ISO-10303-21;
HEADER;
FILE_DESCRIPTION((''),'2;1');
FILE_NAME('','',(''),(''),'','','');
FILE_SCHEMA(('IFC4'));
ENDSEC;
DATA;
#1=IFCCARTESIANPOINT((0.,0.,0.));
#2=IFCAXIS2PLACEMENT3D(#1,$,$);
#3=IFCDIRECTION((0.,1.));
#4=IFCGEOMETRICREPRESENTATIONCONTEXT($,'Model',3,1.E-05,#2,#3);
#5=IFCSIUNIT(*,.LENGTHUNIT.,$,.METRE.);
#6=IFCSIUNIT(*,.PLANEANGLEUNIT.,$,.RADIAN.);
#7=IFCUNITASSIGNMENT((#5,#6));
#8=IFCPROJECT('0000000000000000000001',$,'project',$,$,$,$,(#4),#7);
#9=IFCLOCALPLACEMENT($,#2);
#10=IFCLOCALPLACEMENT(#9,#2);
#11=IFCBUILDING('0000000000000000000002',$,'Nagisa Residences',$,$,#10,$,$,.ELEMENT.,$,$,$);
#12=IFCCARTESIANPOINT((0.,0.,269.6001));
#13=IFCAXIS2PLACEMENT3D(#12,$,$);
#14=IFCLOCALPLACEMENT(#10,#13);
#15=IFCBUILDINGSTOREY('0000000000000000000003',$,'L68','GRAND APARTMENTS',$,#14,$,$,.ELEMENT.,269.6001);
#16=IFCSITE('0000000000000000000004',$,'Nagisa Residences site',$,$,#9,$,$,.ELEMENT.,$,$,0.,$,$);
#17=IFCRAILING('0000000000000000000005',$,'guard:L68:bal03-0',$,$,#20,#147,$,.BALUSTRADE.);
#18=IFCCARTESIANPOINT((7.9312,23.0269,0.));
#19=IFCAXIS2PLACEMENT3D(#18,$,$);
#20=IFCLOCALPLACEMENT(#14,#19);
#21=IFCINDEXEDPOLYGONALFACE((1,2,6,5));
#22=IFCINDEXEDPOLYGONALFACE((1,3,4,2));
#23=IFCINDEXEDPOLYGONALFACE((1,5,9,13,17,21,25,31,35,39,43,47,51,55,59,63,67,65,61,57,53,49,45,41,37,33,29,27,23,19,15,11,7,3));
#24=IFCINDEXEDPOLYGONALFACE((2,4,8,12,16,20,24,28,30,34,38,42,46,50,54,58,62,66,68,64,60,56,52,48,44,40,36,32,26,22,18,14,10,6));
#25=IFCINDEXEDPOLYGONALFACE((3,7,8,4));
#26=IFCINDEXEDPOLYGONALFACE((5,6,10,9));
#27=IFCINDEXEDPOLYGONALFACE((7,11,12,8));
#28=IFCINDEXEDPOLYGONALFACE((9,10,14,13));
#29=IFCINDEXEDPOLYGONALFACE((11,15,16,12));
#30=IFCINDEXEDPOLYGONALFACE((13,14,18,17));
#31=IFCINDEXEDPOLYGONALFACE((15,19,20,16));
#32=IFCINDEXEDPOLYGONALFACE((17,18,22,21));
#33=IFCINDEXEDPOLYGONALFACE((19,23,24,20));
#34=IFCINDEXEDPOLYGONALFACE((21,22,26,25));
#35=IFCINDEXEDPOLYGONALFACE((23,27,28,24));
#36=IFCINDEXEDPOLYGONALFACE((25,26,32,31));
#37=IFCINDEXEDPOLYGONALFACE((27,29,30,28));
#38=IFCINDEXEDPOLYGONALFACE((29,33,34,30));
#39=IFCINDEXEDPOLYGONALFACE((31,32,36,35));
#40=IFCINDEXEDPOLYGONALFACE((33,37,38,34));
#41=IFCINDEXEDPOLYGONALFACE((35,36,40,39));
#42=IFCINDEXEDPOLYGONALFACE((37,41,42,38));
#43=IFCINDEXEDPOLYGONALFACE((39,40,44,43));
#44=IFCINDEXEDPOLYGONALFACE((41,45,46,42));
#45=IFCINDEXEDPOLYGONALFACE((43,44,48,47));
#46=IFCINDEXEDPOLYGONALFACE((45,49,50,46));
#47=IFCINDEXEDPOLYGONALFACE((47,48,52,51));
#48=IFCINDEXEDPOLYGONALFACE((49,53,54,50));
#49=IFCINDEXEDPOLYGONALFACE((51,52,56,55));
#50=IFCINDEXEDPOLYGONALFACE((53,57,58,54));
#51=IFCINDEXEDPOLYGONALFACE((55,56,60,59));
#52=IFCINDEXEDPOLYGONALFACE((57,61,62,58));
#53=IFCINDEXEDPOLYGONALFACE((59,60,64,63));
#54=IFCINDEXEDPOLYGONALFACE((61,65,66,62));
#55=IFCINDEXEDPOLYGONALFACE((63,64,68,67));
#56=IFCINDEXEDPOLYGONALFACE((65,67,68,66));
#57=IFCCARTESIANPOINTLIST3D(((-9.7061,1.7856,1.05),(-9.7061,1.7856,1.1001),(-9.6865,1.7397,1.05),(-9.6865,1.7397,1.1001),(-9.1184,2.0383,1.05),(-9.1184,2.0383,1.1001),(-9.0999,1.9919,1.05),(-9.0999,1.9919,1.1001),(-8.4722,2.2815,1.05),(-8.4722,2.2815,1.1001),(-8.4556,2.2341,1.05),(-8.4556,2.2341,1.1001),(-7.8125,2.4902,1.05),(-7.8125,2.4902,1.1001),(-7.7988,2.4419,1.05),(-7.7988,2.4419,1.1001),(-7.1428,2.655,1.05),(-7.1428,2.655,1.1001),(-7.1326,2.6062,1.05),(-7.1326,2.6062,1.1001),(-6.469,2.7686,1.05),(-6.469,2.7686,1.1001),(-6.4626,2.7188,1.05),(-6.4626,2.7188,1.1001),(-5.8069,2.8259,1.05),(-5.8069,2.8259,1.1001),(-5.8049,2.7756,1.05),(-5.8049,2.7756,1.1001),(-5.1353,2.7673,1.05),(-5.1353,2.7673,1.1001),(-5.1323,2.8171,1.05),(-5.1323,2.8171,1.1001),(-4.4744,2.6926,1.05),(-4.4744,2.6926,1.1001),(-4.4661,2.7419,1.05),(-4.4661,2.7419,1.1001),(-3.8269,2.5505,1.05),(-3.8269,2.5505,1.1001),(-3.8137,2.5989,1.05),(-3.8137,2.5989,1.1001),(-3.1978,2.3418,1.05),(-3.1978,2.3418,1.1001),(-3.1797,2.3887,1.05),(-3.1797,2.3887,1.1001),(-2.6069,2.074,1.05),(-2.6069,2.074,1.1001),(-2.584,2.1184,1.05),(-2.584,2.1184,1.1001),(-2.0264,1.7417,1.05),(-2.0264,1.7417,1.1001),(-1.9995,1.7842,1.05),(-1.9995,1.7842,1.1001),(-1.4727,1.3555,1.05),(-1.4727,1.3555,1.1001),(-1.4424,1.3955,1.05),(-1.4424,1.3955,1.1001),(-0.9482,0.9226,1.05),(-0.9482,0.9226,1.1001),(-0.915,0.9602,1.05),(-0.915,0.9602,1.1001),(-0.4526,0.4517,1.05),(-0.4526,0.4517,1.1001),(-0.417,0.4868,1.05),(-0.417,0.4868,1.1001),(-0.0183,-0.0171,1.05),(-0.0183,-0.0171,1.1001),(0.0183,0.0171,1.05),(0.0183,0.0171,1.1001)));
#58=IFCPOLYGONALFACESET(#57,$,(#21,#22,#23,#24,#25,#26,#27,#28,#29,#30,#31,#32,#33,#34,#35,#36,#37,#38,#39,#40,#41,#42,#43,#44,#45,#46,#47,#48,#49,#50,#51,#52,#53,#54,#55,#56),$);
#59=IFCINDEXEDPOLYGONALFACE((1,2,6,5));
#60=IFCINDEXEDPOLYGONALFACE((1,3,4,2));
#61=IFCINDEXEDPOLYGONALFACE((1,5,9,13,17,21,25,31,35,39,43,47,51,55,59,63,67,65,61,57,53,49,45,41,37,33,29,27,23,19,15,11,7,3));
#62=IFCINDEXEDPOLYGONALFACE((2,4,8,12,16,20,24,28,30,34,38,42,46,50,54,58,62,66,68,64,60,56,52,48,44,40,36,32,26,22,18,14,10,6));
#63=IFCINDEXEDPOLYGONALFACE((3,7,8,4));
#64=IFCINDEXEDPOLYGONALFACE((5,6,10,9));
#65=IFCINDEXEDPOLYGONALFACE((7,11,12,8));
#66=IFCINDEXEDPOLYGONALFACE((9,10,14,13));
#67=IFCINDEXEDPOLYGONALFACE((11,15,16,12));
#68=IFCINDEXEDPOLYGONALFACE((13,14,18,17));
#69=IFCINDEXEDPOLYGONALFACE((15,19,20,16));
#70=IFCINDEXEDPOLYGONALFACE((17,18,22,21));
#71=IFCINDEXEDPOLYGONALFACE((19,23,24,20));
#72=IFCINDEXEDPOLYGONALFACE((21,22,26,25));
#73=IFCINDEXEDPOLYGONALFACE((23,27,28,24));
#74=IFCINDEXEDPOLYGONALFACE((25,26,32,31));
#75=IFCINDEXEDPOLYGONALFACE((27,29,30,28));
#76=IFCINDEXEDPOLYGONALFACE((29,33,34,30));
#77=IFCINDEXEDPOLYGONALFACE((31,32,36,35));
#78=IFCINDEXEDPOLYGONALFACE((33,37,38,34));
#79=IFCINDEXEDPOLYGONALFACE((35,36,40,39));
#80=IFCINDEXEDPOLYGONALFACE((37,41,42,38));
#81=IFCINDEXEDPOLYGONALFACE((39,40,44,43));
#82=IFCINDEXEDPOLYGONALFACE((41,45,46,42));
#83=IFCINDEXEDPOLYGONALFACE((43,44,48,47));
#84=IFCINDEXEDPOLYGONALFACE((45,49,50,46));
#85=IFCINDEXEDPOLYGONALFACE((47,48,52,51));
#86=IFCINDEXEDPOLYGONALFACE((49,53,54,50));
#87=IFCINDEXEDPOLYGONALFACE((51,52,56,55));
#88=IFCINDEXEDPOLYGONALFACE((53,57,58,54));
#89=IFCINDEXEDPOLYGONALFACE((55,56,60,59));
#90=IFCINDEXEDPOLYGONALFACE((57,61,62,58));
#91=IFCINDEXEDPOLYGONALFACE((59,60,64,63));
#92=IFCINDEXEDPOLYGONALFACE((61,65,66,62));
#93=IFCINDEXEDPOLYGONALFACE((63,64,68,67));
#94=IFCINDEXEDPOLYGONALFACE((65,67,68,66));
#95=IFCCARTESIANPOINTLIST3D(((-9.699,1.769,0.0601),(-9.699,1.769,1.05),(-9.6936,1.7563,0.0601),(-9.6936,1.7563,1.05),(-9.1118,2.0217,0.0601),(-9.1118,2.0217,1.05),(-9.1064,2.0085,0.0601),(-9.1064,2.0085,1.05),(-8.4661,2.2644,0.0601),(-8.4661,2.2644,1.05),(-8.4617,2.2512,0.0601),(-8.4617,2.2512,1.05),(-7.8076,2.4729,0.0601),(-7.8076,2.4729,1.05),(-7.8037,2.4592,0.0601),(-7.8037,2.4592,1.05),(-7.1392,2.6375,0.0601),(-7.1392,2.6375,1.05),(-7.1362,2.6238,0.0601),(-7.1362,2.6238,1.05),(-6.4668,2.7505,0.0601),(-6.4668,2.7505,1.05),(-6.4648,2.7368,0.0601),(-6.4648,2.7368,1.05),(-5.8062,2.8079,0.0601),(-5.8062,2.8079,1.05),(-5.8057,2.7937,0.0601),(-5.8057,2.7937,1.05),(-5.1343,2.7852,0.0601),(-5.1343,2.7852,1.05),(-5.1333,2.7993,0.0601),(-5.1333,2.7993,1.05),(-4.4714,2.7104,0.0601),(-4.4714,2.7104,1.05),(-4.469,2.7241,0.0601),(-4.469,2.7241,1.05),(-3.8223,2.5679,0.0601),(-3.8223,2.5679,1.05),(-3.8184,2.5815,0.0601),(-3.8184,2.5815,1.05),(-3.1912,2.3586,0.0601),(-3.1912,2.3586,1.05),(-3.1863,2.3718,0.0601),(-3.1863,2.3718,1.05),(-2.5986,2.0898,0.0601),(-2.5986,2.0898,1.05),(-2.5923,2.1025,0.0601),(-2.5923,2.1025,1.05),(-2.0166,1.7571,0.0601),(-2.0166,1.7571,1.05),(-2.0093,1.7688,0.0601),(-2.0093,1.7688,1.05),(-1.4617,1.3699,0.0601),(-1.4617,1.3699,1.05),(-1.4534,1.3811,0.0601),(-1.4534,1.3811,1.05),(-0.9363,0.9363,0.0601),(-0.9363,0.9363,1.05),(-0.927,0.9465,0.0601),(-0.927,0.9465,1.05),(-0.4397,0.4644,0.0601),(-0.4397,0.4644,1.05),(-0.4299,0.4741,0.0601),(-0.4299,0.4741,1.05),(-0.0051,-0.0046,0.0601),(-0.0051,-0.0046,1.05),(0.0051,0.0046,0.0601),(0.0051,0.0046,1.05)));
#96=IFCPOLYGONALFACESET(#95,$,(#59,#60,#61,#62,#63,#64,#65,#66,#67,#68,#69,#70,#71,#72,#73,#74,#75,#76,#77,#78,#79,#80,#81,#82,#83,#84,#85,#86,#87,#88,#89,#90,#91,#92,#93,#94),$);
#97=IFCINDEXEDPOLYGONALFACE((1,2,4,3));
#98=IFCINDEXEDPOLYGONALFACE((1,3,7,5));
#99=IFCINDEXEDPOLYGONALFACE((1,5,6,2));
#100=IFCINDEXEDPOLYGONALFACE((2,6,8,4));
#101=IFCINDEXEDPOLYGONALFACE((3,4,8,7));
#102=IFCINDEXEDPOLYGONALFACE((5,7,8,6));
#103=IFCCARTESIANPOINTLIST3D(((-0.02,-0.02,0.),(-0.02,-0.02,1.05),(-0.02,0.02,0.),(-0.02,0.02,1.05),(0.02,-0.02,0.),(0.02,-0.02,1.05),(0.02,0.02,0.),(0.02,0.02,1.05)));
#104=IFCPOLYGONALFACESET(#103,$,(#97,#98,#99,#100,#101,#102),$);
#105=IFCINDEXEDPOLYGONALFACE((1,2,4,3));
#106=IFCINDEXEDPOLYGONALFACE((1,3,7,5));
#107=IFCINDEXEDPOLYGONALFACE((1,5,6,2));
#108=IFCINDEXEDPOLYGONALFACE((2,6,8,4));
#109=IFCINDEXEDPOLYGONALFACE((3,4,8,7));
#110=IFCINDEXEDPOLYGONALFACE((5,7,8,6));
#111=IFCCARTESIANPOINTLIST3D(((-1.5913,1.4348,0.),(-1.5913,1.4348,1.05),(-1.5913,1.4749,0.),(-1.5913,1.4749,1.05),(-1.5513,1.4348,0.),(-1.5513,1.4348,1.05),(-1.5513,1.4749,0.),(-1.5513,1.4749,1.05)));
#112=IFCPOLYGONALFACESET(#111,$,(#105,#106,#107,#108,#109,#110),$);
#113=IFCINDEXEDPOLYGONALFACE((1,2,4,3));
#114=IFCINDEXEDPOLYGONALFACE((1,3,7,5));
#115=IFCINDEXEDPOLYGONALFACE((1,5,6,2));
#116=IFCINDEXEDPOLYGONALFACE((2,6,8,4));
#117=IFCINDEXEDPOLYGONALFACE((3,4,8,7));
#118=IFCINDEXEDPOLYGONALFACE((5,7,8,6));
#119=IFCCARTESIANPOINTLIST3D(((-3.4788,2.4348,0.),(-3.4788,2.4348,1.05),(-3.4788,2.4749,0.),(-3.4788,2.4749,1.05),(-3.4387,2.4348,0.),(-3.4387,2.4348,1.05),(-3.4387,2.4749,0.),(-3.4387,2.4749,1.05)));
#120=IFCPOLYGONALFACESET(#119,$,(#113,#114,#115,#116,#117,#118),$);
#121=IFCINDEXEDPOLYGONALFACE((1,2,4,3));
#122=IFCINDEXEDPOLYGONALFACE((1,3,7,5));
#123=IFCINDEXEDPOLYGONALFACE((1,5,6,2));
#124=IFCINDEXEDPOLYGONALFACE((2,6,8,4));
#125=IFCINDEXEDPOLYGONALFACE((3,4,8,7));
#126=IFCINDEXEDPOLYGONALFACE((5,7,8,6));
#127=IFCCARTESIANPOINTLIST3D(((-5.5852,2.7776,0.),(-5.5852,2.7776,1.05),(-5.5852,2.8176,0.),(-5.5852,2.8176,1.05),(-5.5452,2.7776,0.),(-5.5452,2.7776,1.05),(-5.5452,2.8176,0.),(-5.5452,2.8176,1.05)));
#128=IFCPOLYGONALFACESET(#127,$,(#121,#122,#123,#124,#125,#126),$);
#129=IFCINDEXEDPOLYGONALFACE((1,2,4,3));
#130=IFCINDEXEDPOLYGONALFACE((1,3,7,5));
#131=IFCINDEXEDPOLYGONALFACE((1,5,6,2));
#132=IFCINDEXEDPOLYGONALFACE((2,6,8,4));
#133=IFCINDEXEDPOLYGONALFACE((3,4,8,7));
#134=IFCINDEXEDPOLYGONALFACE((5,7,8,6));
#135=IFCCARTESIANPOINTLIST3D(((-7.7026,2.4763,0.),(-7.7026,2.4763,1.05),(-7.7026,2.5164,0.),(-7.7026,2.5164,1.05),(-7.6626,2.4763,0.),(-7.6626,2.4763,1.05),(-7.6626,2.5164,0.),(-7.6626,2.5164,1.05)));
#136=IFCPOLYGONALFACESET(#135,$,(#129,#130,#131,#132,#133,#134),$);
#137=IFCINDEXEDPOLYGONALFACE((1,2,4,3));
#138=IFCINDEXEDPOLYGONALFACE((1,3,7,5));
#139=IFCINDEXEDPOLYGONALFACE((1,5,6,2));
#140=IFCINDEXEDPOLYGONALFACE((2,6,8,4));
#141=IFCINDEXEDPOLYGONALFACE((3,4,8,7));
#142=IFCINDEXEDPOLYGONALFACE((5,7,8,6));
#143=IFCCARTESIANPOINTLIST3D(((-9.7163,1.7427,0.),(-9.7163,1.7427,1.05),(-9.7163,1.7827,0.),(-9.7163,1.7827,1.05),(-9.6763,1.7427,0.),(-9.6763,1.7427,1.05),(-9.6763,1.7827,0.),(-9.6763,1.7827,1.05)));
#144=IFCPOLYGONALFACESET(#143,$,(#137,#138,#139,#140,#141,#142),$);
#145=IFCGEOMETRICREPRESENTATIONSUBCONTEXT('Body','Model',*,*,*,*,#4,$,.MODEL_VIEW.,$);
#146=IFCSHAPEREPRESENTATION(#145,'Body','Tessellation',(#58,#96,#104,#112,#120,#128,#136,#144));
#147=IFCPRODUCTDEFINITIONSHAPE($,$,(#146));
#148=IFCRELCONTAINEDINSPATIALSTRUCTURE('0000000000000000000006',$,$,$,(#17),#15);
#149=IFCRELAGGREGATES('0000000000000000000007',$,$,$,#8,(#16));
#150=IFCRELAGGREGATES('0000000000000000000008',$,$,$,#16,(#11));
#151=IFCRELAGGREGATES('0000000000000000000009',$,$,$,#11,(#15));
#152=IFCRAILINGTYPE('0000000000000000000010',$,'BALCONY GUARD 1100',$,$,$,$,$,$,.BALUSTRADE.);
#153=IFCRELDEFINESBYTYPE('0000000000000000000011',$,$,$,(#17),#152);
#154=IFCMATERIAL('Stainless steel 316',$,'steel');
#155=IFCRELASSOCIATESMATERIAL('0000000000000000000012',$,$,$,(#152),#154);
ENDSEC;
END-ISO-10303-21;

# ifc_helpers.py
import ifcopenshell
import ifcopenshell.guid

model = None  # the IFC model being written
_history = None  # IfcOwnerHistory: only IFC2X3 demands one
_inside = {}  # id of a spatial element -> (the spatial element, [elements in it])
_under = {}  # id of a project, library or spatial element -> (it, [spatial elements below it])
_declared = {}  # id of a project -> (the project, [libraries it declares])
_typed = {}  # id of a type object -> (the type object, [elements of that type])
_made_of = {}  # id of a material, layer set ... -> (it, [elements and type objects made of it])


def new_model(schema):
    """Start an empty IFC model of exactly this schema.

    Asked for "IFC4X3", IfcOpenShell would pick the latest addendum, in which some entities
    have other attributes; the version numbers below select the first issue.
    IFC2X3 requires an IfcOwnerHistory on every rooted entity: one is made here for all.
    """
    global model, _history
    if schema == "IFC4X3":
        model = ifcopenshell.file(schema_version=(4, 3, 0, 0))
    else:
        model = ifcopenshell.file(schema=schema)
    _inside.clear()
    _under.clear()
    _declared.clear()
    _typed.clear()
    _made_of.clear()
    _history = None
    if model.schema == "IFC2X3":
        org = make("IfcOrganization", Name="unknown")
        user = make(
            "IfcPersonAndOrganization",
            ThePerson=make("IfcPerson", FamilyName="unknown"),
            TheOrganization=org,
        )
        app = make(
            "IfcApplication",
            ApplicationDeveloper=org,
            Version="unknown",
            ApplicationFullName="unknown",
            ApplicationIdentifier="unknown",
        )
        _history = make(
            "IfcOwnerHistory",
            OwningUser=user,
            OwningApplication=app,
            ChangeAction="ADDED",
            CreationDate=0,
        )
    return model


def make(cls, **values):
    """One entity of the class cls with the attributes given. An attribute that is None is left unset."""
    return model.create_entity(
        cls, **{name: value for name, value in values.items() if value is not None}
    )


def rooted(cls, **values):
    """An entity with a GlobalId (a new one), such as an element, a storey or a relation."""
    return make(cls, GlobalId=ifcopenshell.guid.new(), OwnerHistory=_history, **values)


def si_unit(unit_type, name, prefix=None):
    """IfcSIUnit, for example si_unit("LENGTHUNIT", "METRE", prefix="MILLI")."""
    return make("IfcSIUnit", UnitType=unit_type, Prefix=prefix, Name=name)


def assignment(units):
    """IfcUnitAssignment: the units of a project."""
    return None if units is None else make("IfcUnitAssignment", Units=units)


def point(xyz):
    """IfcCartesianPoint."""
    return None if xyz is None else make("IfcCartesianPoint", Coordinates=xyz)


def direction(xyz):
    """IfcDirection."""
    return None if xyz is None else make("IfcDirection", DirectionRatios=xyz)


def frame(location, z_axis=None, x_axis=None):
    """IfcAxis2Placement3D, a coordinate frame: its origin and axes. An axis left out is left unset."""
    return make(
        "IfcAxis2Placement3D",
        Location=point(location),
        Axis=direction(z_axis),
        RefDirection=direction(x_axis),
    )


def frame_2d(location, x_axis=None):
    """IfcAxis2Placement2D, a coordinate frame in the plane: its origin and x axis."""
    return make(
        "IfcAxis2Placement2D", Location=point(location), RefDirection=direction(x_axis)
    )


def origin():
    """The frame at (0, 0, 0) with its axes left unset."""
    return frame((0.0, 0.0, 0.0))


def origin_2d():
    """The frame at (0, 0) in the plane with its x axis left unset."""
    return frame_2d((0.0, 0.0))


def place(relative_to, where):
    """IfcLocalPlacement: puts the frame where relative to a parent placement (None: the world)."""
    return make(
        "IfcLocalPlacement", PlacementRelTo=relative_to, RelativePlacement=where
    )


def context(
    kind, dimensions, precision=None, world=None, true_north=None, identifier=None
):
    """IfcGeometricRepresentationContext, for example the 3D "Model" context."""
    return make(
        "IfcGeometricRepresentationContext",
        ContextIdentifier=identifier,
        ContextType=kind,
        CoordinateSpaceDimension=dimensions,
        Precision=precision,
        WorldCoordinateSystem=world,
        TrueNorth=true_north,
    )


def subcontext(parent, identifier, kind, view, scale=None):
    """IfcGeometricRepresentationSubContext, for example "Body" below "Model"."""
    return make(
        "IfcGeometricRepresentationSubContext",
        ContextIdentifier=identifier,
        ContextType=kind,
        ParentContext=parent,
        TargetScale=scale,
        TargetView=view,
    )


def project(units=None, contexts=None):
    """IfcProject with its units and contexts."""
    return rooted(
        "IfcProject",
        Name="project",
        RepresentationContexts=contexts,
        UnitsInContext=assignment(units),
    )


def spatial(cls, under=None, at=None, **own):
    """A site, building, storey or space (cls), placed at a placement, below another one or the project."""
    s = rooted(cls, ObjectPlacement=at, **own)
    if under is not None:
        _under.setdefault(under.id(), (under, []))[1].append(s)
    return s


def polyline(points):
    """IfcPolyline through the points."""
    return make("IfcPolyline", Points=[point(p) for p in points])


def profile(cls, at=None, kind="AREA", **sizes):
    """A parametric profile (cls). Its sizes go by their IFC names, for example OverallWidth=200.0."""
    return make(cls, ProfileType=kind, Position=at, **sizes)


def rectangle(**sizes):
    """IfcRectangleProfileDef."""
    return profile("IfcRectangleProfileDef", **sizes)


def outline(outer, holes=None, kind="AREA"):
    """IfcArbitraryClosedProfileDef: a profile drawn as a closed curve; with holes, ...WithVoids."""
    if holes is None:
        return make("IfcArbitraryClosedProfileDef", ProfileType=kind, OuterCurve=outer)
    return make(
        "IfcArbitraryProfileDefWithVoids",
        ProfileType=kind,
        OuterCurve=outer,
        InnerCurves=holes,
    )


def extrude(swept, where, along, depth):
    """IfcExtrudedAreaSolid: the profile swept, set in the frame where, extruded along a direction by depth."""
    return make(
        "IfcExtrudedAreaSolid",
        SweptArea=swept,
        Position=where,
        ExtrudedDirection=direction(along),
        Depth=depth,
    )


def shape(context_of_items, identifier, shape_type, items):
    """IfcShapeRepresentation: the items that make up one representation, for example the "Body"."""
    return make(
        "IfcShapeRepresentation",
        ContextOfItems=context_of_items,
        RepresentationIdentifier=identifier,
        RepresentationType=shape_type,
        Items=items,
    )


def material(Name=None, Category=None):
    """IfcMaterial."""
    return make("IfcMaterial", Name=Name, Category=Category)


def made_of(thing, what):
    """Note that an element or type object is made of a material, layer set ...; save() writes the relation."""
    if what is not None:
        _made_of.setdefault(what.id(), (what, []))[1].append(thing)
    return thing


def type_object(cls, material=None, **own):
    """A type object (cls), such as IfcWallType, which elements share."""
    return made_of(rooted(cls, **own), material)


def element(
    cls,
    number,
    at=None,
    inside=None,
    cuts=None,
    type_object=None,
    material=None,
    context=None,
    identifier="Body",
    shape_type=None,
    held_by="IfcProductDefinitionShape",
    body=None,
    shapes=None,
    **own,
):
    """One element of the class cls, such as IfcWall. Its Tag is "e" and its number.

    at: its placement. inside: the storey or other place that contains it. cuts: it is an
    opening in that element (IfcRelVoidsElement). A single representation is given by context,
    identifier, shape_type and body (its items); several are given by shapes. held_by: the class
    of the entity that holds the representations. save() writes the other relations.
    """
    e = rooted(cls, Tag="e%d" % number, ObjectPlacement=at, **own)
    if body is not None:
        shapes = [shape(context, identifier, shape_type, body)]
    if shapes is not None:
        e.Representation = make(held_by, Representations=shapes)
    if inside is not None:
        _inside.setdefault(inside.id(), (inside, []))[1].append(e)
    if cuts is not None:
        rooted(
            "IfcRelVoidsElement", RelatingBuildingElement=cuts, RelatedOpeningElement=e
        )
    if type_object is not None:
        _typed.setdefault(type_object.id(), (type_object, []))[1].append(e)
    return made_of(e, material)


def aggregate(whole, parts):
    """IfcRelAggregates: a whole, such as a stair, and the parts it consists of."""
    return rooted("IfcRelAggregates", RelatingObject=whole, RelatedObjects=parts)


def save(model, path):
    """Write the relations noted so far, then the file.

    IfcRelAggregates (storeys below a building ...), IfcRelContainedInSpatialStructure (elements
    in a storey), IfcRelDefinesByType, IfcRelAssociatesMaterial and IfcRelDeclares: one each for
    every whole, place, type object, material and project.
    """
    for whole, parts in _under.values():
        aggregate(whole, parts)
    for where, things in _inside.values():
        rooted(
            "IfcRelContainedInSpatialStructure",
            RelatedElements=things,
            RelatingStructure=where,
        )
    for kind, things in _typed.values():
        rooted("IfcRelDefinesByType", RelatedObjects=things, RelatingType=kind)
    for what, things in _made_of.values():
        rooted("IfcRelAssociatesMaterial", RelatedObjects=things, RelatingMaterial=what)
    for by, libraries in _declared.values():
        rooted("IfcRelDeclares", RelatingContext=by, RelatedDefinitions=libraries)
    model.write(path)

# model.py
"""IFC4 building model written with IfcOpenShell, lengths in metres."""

from ifc_helpers import new_model, si_unit, direction, frame, origin, origin_2d, place, context, subcontext, project, spatial, polyline, rectangle, outline, extrude, material, type_object, element, save


model = new_model("IFC4")

# Units and contexts
model_context = context("Model", 3, precision=1e-05, world=origin(), true_north=direction((0.0, 1.0)))
body_context = subcontext(model_context, "Body", "Model", "MODEL_VIEW")
ifc_project = project(units=[si_unit("LENGTHUNIT", "METRE"), si_unit("PLANEANGLEUNIT", "RADIAN")], contexts=[model_context])

# Site, building, storey
site_placement = place(None, origin())
site = spatial("IfcSite", under=ifc_project, at=site_placement, Name="Nagisa Residences site", CompositionType="ELEMENT", RefElevation=0.0)
building_placement = place(site_placement, origin())
building = spatial("IfcBuilding", under=site, at=building_placement, Name="Nagisa Residences", CompositionType="ELEMENT")
storey_placement = place(building_placement, frame((0.0, 0.0, 269.6001)))
storey = spatial("IfcBuildingStorey", under=building, at=storey_placement, Name="L68", Description="GRAND APARTMENTS", CompositionType="ELEMENT", Elevation=269.6001)

# Railing
ifc_material_1 = material(Name="Stainless steel 316", Category="steel")
railing_type = type_object("IfcRailingType", Name="BALCONY GUARD 1100", PredefinedType="BALUSTRADE", material=ifc_material_1)
railing_1_placement = place(storey_placement, frame((7.9312, 23.0269, 0.0)))
element("IfcRailing", 1, at=railing_1_placement, inside=storey, type_object=railing_type, Name="guard:L68:bal03-0", PredefinedType="BALUSTRADE", context=body_context, shape_type="SweptSolid", body=[
    extrude(outline(polyline([(-0.4526, 0.4517), (-0.0183, -0.0171), (0.0183, 0.0171), (-0.417, 0.4868), (-0.915, 0.9602), (-1.4424, 1.3955), (-1.9995, 1.7842), (-2.584, 2.1184), (-3.1797, 2.3887), (-3.8137, 2.5989), (-4.4661, 2.7419), (-5.1323, 2.8171), (-5.8069, 2.8259), (-6.469, 2.7686), (-7.1428, 2.655), (-7.8125, 2.4902), (-8.4722, 2.2815), (-9.1184, 2.0383), (-9.7061, 1.7856), (-9.6865, 1.7397), (-9.0999, 1.9919), (-8.4556, 2.2341), (-7.7988, 2.4419), (-7.1326, 2.6062), (-6.4626, 2.7188), (-5.8049, 2.7756), (-5.1353, 2.7673), (-4.4744, 2.6926), (-3.8269, 2.5505), (-3.1978, 2.3418), (-2.6069, 2.074), (-2.0264, 1.7417), (-1.4727, 1.3555), (-0.9482, 0.9226), (-0.4526, 0.4517)])), frame((0.0, 0.0, 1.05)), (0.0, 0.0, 1.0), 0.05),
    extrude(outline(polyline([(-0.4397, 0.4644), (-0.0051, -0.0046), (0.0051, 0.0046), (-0.4299, 0.4741), (-0.927, 0.9465), (-1.4534, 1.3811), (-2.0093, 1.7688), (-2.5923, 2.1025), (-3.1863, 2.3718), (-3.8184, 2.5815), (-4.469, 2.7241), (-5.1333, 2.7993), (-5.8062, 2.8079), (-6.4668, 2.7505), (-7.1392, 2.6375), (-7.8076, 2.4729), (-8.4661, 2.2644), (-9.1118, 2.0217), (-9.699, 1.769), (-9.6936, 1.7563), (-9.1064, 2.0085), (-8.4617, 2.2512), (-7.8037, 2.4592), (-7.1362, 2.6238), (-6.4648, 2.7368), (-5.8057, 2.7937), (-5.1343, 2.7852), (-4.4714, 2.7104), (-3.8223, 2.5679), (-3.1912, 2.3586), (-2.5986, 2.0898), (-2.0166, 1.7571), (-1.4617, 1.3699), (-0.9363, 0.9363), (-0.4397, 0.4644)])), frame((0.0, 0.0, 0.0601)), (0.0, 0.0, 1.0), 0.99),
    extrude(rectangle(XDim=0.04, YDim=0.04, at=origin_2d()), origin(), (0.0, 0.0, 1.0), 1.05),
    extrude(rectangle(XDim=0.04, YDim=0.04, at=origin_2d()), frame((-1.5713, 1.4548, 0.0)), (0.0, 0.0, 1.0), 1.05),
    extrude(rectangle(XDim=0.04, YDim=0.04, at=origin_2d()), frame((-3.4587, 2.4548, 0.0)), (0.0, 0.0, 1.0), 1.05),
    extrude(rectangle(XDim=0.04, YDim=0.04, at=origin_2d()), frame((-5.5652, 2.7976, 0.0)), (0.0, 0.0, 1.0), 1.05),
    extrude(rectangle(XDim=0.04, YDim=0.04, at=origin_2d()), frame((-7.6826, 2.4963, 0.0)), (0.0, 0.0, 1.0), 1.05),
    extrude(rectangle(XDim=0.04, YDim=0.04, at=origin_2d()), frame((-9.6963, 1.7627, 0.0)), (0.0, 0.0, 1.0), 1.05),
])

save(model, "model.ifc")
